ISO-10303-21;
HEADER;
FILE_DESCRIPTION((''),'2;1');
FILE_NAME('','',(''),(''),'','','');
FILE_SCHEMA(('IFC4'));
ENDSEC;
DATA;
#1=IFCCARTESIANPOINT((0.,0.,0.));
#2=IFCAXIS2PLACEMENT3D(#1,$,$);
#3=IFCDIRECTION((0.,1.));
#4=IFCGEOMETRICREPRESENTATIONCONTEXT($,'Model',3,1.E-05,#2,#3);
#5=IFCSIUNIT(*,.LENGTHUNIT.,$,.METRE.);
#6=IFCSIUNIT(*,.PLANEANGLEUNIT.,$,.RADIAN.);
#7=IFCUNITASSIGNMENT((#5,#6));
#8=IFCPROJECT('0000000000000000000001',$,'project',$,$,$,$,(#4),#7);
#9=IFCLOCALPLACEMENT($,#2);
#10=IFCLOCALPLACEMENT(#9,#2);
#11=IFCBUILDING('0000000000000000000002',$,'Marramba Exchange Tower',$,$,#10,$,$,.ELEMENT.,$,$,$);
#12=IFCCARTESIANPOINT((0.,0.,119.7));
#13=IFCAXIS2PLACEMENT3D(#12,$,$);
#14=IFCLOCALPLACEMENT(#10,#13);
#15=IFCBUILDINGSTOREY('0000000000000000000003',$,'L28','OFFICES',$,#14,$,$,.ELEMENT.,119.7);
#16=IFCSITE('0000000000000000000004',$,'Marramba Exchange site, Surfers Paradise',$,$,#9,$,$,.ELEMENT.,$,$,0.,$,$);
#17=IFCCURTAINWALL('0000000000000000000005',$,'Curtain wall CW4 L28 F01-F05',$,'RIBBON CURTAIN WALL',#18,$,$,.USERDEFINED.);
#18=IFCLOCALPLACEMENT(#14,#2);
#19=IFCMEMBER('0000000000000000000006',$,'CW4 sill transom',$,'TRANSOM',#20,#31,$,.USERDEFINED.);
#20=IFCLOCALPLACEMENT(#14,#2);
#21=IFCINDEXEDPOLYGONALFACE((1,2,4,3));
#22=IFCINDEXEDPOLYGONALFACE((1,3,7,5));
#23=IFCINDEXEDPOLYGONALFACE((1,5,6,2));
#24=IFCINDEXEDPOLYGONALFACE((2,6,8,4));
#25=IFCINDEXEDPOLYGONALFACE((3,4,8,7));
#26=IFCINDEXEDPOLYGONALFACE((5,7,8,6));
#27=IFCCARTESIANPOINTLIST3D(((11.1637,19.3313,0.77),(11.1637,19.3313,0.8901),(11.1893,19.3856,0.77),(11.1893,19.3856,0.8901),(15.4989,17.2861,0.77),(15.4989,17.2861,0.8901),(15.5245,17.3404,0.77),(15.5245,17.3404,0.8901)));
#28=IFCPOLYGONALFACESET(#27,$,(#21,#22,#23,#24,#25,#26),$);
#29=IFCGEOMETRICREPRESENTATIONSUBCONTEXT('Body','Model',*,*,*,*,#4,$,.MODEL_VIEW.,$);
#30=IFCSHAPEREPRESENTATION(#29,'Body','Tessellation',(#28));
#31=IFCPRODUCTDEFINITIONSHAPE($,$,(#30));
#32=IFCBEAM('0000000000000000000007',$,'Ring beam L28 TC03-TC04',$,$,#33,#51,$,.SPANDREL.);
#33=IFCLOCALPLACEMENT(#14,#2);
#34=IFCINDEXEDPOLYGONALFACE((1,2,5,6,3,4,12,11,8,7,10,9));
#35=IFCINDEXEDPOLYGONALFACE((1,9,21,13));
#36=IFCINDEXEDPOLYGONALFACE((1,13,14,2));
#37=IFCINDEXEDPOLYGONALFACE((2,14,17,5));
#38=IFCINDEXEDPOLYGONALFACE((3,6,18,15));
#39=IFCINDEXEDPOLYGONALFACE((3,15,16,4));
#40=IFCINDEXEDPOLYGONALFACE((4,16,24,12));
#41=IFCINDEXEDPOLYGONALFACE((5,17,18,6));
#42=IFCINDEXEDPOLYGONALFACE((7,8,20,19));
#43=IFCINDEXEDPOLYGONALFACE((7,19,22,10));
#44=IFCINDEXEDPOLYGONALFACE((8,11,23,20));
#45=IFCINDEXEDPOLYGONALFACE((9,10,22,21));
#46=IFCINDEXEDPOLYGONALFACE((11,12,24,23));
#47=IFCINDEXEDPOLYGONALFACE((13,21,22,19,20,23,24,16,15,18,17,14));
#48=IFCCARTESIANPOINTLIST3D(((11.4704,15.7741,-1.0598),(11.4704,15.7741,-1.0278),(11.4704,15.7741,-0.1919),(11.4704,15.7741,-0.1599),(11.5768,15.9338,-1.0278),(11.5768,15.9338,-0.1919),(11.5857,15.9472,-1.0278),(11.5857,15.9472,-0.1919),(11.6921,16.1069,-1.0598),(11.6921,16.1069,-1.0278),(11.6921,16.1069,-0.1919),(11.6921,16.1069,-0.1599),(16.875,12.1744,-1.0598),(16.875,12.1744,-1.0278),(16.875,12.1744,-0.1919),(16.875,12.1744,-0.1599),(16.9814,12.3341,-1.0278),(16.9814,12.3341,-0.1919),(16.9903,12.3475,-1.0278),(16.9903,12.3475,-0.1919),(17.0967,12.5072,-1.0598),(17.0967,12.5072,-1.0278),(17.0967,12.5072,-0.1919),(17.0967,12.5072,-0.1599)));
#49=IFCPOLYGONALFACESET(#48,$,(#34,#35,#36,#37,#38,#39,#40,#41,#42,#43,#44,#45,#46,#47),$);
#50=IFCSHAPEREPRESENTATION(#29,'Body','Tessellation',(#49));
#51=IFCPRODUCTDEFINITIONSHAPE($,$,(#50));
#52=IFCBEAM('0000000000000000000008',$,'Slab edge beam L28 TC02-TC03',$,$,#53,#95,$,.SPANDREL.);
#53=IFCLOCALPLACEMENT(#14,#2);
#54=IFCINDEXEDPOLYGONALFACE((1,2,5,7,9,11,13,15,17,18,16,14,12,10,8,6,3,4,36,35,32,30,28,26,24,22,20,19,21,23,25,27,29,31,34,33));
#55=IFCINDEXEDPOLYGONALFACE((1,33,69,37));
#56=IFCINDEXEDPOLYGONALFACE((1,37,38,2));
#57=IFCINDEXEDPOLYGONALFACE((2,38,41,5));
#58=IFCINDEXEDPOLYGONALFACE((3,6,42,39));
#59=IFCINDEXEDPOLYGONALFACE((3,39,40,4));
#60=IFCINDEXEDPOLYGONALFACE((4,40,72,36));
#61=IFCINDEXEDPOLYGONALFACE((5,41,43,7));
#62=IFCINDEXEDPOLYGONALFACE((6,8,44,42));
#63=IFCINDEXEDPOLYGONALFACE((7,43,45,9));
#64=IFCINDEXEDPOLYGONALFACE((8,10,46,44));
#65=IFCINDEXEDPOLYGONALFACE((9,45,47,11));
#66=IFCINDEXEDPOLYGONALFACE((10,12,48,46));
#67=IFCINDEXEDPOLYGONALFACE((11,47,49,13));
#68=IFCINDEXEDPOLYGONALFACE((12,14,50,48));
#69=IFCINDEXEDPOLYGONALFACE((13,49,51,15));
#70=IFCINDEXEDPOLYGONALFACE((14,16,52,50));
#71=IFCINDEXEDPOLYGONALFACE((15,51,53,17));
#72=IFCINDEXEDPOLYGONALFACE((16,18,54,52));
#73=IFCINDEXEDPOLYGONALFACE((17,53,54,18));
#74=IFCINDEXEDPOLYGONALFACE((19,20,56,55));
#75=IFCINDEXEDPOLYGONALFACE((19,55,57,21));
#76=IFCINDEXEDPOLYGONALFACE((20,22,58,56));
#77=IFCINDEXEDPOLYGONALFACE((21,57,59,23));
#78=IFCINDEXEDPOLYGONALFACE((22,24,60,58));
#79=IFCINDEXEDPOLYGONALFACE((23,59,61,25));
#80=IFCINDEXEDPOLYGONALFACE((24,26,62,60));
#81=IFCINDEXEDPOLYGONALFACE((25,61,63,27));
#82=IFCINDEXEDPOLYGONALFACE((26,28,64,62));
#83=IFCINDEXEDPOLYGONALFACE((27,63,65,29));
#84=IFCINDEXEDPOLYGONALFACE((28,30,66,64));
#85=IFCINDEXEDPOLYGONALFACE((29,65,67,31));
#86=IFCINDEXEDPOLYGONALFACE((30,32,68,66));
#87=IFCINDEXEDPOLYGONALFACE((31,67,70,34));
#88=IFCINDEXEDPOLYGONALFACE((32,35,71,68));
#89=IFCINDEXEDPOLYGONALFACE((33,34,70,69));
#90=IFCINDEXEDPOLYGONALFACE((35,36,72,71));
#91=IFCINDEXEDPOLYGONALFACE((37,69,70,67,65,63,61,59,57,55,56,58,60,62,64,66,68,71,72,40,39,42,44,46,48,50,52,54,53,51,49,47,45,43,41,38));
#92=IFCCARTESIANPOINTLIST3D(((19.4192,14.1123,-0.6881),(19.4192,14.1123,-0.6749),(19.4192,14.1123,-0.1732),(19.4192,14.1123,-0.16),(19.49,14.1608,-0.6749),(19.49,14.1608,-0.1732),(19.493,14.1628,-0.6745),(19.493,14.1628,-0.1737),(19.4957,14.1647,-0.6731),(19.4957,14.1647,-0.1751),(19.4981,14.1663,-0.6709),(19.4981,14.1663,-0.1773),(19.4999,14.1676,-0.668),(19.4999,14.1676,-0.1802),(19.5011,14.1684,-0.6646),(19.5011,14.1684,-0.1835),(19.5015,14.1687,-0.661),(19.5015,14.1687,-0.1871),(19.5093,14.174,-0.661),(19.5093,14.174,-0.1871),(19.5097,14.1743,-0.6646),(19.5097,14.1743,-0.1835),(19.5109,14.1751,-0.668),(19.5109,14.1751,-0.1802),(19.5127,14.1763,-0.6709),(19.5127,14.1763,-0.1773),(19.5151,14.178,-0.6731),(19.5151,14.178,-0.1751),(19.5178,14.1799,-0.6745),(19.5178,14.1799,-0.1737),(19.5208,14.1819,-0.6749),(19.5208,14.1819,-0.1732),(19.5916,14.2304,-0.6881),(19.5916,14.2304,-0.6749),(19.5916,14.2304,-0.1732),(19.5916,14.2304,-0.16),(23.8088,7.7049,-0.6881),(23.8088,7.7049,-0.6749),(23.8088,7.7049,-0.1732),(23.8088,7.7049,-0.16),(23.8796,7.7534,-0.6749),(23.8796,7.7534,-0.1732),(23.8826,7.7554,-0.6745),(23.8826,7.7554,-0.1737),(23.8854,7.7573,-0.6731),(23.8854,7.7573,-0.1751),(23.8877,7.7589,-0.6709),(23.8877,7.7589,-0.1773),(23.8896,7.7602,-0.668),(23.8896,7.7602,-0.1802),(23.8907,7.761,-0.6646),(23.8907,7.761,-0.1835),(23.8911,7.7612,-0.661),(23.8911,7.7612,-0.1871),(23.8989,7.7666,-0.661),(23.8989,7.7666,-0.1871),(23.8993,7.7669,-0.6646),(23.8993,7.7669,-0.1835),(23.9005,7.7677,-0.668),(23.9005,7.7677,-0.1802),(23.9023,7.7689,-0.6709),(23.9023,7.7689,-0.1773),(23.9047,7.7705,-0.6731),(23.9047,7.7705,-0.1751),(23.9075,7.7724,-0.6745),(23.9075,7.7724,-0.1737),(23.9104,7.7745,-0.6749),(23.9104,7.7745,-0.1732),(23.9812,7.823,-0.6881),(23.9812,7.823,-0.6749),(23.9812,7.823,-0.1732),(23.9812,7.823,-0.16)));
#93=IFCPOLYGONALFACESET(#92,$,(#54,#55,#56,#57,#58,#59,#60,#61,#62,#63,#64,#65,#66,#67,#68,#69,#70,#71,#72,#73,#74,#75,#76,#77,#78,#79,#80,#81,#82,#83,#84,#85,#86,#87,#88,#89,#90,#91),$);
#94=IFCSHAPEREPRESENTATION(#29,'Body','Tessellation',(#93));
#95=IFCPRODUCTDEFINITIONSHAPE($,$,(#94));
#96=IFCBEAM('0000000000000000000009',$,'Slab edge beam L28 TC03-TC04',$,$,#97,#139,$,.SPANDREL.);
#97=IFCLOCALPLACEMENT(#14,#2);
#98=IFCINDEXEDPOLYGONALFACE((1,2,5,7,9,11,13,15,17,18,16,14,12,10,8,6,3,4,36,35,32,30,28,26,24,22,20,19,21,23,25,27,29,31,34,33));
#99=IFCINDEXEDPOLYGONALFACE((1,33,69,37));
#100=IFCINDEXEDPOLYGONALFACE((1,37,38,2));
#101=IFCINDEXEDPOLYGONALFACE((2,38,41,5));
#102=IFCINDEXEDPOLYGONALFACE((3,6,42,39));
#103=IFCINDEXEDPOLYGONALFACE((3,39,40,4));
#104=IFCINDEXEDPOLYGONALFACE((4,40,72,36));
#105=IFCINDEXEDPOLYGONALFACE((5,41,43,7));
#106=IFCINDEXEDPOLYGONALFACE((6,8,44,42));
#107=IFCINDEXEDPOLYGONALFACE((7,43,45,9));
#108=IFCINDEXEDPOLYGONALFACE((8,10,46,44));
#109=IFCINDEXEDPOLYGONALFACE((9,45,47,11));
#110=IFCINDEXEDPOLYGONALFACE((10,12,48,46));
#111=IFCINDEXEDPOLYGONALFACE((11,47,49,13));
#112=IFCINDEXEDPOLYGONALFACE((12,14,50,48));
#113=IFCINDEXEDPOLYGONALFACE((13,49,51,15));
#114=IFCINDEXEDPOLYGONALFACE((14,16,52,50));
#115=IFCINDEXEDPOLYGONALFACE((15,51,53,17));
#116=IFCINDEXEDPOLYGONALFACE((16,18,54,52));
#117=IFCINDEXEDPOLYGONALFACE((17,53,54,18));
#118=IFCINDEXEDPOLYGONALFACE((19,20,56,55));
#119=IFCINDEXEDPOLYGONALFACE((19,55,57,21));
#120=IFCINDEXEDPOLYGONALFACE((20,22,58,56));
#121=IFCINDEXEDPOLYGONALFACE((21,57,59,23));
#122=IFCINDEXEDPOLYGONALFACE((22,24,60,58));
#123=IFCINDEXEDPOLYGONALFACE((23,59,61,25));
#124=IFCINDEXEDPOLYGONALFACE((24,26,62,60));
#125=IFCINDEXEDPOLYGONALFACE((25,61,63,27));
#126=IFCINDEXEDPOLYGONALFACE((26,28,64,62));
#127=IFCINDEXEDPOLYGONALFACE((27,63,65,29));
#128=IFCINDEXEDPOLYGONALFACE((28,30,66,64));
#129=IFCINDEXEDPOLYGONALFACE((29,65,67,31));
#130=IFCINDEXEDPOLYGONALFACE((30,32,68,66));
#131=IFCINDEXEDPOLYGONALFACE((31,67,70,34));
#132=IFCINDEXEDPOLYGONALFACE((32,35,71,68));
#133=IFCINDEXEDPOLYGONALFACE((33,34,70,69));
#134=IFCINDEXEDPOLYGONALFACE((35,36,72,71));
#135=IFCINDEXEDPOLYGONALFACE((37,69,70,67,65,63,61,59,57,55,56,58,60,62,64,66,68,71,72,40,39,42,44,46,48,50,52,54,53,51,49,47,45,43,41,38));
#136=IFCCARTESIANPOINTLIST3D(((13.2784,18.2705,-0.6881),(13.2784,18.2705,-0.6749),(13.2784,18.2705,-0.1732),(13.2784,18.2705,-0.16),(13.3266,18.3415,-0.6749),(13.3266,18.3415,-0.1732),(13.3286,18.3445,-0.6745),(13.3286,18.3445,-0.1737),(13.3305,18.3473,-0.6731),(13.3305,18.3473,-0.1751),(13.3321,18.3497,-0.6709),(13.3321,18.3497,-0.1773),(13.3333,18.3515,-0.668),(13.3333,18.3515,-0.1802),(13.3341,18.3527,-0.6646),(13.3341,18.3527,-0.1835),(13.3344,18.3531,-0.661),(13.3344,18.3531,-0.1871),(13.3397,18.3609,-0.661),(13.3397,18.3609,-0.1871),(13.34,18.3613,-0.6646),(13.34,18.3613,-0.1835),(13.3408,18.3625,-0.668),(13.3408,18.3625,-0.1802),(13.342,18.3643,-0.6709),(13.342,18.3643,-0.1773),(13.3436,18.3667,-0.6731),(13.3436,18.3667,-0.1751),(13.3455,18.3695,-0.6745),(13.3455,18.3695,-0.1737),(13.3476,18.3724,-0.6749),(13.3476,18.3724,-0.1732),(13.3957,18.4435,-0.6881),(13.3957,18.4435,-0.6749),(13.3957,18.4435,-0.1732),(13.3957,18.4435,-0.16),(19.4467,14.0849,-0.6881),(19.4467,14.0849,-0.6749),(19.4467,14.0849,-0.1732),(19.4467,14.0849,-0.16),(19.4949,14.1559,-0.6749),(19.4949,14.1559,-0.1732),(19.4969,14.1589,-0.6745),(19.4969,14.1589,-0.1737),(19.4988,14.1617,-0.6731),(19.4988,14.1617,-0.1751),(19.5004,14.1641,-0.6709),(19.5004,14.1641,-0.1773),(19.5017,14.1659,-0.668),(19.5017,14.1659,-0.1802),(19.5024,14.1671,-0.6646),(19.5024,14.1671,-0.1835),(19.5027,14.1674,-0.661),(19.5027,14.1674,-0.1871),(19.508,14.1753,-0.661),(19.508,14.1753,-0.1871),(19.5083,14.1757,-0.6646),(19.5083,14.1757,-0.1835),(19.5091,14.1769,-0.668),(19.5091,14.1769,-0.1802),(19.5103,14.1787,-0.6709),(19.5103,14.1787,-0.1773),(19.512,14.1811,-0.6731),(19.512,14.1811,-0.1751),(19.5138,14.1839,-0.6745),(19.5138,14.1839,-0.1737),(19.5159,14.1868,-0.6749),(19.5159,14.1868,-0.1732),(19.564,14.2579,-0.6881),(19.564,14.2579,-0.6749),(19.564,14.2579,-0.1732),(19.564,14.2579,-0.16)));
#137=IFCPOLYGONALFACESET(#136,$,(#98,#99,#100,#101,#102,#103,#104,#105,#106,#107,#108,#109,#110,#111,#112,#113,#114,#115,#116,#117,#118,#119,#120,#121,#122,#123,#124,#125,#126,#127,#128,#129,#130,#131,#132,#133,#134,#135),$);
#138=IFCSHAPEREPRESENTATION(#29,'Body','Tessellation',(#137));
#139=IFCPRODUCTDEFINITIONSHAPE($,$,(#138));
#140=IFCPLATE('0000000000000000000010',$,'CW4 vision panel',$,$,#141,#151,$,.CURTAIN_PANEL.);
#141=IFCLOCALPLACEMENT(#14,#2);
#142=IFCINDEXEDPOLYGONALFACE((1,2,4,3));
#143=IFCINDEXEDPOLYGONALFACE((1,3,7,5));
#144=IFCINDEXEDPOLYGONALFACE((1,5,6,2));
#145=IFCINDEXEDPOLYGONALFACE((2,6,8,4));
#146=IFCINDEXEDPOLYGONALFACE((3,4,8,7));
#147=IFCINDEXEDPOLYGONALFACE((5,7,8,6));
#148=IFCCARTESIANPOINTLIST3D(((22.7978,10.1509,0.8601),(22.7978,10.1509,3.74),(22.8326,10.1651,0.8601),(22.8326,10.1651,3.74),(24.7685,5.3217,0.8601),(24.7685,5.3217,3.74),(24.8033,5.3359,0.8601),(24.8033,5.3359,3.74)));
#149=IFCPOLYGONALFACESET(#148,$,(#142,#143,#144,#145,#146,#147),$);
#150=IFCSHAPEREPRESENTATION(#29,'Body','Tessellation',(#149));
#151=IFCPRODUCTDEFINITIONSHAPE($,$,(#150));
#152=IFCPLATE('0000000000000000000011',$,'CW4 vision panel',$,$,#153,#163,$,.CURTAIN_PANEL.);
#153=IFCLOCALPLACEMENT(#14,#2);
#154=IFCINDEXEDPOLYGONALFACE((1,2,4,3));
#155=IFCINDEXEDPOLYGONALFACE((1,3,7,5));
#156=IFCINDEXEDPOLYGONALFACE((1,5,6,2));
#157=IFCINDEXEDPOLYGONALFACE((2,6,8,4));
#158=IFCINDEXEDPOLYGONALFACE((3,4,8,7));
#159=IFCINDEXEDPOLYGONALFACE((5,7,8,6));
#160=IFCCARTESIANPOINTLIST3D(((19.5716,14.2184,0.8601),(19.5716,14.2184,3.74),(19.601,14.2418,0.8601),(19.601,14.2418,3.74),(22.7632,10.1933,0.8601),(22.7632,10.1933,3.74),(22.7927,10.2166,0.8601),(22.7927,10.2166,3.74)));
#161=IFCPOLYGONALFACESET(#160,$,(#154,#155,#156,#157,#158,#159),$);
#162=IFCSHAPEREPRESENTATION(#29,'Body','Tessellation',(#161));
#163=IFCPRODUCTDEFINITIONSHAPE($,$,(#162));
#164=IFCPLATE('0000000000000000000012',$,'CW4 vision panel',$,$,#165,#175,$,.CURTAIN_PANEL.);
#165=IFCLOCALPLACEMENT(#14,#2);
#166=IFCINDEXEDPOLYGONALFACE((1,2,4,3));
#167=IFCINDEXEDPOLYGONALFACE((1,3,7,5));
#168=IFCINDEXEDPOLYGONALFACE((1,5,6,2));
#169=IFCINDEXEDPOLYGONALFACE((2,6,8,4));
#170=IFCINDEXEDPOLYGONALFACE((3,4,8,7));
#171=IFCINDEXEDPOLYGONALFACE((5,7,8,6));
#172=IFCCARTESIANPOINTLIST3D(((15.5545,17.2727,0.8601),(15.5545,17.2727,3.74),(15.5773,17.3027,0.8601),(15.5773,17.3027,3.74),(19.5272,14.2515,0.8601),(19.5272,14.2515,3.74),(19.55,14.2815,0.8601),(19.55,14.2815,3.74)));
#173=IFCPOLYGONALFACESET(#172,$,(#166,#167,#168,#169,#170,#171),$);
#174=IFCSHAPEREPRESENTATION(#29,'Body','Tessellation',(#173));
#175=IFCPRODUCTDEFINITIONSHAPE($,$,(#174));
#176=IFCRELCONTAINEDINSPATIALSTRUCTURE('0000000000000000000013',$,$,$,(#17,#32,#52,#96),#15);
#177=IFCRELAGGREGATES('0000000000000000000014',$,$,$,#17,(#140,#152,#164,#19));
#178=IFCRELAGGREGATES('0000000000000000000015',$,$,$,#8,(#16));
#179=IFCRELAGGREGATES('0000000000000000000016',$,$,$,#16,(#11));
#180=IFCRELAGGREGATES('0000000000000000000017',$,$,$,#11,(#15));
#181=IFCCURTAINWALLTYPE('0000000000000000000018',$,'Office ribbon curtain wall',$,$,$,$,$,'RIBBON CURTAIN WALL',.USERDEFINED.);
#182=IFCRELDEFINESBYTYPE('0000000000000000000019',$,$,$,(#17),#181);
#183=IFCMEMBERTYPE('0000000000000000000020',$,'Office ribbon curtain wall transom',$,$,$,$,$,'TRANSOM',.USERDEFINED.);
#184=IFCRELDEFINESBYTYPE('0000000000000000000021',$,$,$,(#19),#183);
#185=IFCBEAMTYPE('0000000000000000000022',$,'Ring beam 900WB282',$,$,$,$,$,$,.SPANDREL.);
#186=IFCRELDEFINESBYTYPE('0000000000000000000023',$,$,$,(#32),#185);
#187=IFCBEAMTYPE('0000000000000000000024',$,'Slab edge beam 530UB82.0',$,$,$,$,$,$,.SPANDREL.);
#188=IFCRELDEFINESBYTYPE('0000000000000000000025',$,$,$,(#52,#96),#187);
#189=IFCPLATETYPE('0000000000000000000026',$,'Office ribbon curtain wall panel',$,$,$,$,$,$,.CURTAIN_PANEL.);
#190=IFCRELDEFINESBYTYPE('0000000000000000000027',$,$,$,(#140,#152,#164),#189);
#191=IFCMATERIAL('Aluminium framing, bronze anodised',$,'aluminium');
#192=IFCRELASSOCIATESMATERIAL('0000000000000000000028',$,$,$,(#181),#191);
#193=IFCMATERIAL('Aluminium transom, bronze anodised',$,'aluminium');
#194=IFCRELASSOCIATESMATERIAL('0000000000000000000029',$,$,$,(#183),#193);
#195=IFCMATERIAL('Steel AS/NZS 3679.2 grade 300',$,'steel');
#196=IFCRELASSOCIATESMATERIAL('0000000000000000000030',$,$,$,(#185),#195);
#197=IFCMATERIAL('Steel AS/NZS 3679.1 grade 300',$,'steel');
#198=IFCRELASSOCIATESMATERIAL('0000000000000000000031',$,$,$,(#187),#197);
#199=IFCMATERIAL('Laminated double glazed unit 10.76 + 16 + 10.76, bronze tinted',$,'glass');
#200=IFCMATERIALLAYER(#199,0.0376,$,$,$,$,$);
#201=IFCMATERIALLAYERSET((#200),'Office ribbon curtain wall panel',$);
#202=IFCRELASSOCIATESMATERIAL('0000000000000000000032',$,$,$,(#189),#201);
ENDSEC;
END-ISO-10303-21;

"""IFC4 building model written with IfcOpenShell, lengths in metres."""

from ifc_helpers import new_model, si_unit, direction, frame, origin, origin_2d, place, context, subcontext, project, spatial, rectangle, i_section, extrude, material, layer, layer_set, material_profile, profile_set, type_object, element, aggregate, save


model = new_model("IFC4")

# Units and contexts
model_context = context("Model", 3, precision=1e-05, world=origin(), true_north=direction((0.0, 1.0)))
body_context = subcontext(model_context, "Body", "Model", "MODEL_VIEW")
ifc_project = project(units=[si_unit("LENGTHUNIT", "METRE"), si_unit("PLANEANGLEUNIT", "RADIAN")], contexts=[model_context])

# Site, building, storey
site_placement = place(None, origin())
site = spatial("IfcSite", under=ifc_project, at=site_placement, Name="Marramba Exchange site, Surfers Paradise", CompositionType="ELEMENT", RefElevation=0.0)
building_placement = place(site_placement, origin())
building = spatial("IfcBuilding", under=site, at=building_placement, Name="Marramba Exchange Tower", CompositionType="ELEMENT")
storey_placement = place(building_placement, frame((0.0, 0.0, 119.7)))
storey = spatial("IfcBuildingStorey", under=building, at=storey_placement, Name="L28", Description="OFFICES", CompositionType="ELEMENT", Elevation=119.7)

# Shared definitions
ifc_material_1 = material(Name="Steel AS/NZS 3679.2 grade 300", Category="steel")
ifc_material_2 = material(Name="Steel AS/NZS 3679.1 grade 300", Category="steel")

# Curtain wall, member
ifc_material_3 = material(Name="Aluminium framing, bronze anodised", Category="aluminium")
curtain_wall_type = type_object("IfcCurtainWallType", Name="Office ribbon curtain wall", ElementType="RIBBON CURTAIN WALL", PredefinedType="USERDEFINED", material=ifc_material_3)
curtain_wall_placement = place(storey_placement, origin())
curtain_wall = element("IfcCurtainWall", 1, at=curtain_wall_placement, inside=storey, type_object=curtain_wall_type, Name="Curtain wall CW4 L28 F01-F05", ObjectType="RIBBON CURTAIN WALL", PredefinedType="USERDEFINED")
ifc_material_4 = material(Name="Aluminium transom, bronze anodised", Category="aluminium")
ifc_material_profile_1 = material_profile(ifc_material_4, rectangle(XDim=0.0601, YDim=0.1201, at=origin_2d()), Name="CW4 transom 60x120")
ifc_profile_set_1 = profile_set([ifc_material_profile_1], Name="Aluminium transom, bronze anodised")
member_type_1 = type_object("IfcMemberType", Name="Office ribbon curtain wall transom", ElementType="TRANSOM", PredefinedType="USERDEFINED", material=ifc_profile_set_1)
member_1_placement = place(storey_placement, frame((15.5117, 17.3132, 0.8301), z_axis=(-0.904411, 0.426663, 0.0), x_axis=(-0.426663, -0.904411, 0.0)))
member_1 = element("IfcMember", 2, at=member_1_placement, type_object=member_type_1, Name="CW4 sill transom", ObjectType="TRANSOM", PredefinedType="USERDEFINED", context=body_context, shape_type="SweptSolid", body=[
    extrude(rectangle(XDim=0.0601, YDim=0.1201, at=origin_2d()), origin(), (0.0, 0.0, 1.0), 4.7935),
])

# Beams
ifc_material_profile_2 = material_profile(ifc_material_1, i_section(OverallWidth=0.3999, OverallDepth=0.8999, WebThickness=0.0161, FlangeThickness=0.032, at=origin_2d()), Name="900WB282")
ifc_profile_set_2 = profile_set([ifc_material_profile_2], Name="Steel AS/NZS 3679.2 grade 300")
beam_type_1 = type_object("IfcBeamType", Name="Ring beam 900WB282", PredefinedType="SPANDREL", material=ifc_profile_set_2)
beam_1_placement = place(storey_placement, frame((16.9858, 12.3408, -0.6099), z_axis=(-0.832293, 0.554336, 0.0), x_axis=(-0.554336, -0.832293, 0.0)))
element("IfcBeam", 3, at=beam_1_placement, inside=storey, type_object=beam_type_1, Name="Ring beam L28 TC03-TC04", PredefinedType="SPANDREL", context=body_context, shape_type="SweptSolid", body=[
    extrude(i_section(OverallWidth=0.3999, OverallDepth=0.8999, WebThickness=0.0161, FlangeThickness=0.032, at=origin_2d()), origin(), (0.0, 0.0, 1.0), 6.4937),
])
ifc_material_profile_3 = material_profile(ifc_material_2, i_section(OverallWidth=0.209, OverallDepth=0.5281, WebThickness=0.0095, FlangeThickness=0.0132, FilletRadius=0.0139, at=origin_2d()), Name="530UB82.0")
ifc_profile_set_3 = profile_set([ifc_material_profile_3], Name="Steel AS/NZS 3679.1 grade 300")
beam_type_2 = type_object("IfcBeamType", Name="Slab edge beam 530UB82.0", PredefinedType="SPANDREL", material=ifc_profile_set_3)
beam_2_placement = place(storey_placement, frame((23.895, 7.7639, -0.4241), z_axis=(-0.565174, 0.824972, 0.0), x_axis=(-0.824972, -0.565174, 0.0)))
element("IfcBeam", 4, at=beam_2_placement, inside=storey, type_object=beam_type_2, Name="Slab edge beam L28 TC02-TC03", PredefinedType="SPANDREL", context=body_context, shape_type="SweptSolid", body=[
    extrude(i_section(OverallWidth=0.209, OverallDepth=0.5281, WebThickness=0.0095, FlangeThickness=0.0132, FilletRadius=0.0139, at=origin_2d()), origin(), (0.0, 0.0, 1.0), 7.7668),
])
beam_3_placement = place(storey_placement, frame((19.5054, 14.1714, -0.4241), z_axis=(-0.827477, 0.561499, 0.0), x_axis=(-0.561499, -0.827477, 0.0)))
element("IfcBeam", 5, at=beam_3_placement, inside=storey, type_object=beam_type_2, Name="Slab edge beam L28 TC03-TC04", PredefinedType="SPANDREL", context=body_context, shape_type="SweptSolid", body=[
    extrude(i_section(OverallWidth=0.209, OverallDepth=0.5281, WebThickness=0.0095, FlangeThickness=0.0132, FilletRadius=0.0139, at=origin_2d()), origin(), (0.0, 0.0, 1.0), 7.4543),
])

# Plates
ifc_material_5 = material(Name="Laminated double glazed unit 10.76 + 16 + 10.76, bronze tinted", Category="glass")
ifc_layer_1 = layer(ifc_material_5, 0.0376)
ifc_layer_set_1 = layer_set([ifc_layer_1], Name="Office ribbon curtain wall panel")
plate_type = type_object("IfcPlateType", Name="Office ribbon curtain wall panel", PredefinedType="CURTAIN_PANEL", material=ifc_layer_set_1)
plate_1_placement = place(storey_placement, frame((23.8005, 7.7434, 0.8601), z_axis=(0.0, 0.0, 1.0), x_axis=(-0.377821, 0.925879, 0.0)))
plate_1 = element("IfcPlate", 6, at=plate_1_placement, type_object=plate_type, Name="CW4 vision panel", PredefinedType="CURTAIN_PANEL", context=body_context, shape_type="SweptSolid", body=[
    extrude(rectangle(XDim=5.2158, YDim=0.0376, at=origin_2d()), origin(), (0.0, 0.0, 1.0), 2.8799),
])
plate_2_placement = place(storey_placement, frame((21.1821, 12.2175, 0.8601), z_axis=(0.0, 0.0, 1.0), x_axis=(-0.621312, 0.783563, 0.0)))
plate_2 = element("IfcPlate", 7, at=plate_2_placement, type_object=plate_type, Name="CW4 vision panel", PredefinedType="CURTAIN_PANEL", context=body_context, shape_type="SweptSolid", body=[
    extrude(rectangle(XDim=5.137, YDim=0.0376, at=origin_2d()), origin(), (0.0, 0.0, 1.0), 2.8799),
])
plate_3_placement = place(storey_placement, frame((17.5522, 15.7771, 0.8601), z_axis=(0.0, 0.0, 1.0), x_axis=(-0.795972, 0.605334, 0.0)))
plate_3 = element("IfcPlate", 8, at=plate_3_placement, type_object=plate_type, Name="CW4 vision panel", PredefinedType="CURTAIN_PANEL", context=body_context, shape_type="SweptSolid", body=[
    extrude(rectangle(XDim=4.991, YDim=0.0376, at=origin_2d()), origin(), (0.0, 0.0, 1.0), 2.8799),
])
aggregate(curtain_wall, [plate_1, plate_2, plate_3, member_1])

save(model, "model.ifc")
